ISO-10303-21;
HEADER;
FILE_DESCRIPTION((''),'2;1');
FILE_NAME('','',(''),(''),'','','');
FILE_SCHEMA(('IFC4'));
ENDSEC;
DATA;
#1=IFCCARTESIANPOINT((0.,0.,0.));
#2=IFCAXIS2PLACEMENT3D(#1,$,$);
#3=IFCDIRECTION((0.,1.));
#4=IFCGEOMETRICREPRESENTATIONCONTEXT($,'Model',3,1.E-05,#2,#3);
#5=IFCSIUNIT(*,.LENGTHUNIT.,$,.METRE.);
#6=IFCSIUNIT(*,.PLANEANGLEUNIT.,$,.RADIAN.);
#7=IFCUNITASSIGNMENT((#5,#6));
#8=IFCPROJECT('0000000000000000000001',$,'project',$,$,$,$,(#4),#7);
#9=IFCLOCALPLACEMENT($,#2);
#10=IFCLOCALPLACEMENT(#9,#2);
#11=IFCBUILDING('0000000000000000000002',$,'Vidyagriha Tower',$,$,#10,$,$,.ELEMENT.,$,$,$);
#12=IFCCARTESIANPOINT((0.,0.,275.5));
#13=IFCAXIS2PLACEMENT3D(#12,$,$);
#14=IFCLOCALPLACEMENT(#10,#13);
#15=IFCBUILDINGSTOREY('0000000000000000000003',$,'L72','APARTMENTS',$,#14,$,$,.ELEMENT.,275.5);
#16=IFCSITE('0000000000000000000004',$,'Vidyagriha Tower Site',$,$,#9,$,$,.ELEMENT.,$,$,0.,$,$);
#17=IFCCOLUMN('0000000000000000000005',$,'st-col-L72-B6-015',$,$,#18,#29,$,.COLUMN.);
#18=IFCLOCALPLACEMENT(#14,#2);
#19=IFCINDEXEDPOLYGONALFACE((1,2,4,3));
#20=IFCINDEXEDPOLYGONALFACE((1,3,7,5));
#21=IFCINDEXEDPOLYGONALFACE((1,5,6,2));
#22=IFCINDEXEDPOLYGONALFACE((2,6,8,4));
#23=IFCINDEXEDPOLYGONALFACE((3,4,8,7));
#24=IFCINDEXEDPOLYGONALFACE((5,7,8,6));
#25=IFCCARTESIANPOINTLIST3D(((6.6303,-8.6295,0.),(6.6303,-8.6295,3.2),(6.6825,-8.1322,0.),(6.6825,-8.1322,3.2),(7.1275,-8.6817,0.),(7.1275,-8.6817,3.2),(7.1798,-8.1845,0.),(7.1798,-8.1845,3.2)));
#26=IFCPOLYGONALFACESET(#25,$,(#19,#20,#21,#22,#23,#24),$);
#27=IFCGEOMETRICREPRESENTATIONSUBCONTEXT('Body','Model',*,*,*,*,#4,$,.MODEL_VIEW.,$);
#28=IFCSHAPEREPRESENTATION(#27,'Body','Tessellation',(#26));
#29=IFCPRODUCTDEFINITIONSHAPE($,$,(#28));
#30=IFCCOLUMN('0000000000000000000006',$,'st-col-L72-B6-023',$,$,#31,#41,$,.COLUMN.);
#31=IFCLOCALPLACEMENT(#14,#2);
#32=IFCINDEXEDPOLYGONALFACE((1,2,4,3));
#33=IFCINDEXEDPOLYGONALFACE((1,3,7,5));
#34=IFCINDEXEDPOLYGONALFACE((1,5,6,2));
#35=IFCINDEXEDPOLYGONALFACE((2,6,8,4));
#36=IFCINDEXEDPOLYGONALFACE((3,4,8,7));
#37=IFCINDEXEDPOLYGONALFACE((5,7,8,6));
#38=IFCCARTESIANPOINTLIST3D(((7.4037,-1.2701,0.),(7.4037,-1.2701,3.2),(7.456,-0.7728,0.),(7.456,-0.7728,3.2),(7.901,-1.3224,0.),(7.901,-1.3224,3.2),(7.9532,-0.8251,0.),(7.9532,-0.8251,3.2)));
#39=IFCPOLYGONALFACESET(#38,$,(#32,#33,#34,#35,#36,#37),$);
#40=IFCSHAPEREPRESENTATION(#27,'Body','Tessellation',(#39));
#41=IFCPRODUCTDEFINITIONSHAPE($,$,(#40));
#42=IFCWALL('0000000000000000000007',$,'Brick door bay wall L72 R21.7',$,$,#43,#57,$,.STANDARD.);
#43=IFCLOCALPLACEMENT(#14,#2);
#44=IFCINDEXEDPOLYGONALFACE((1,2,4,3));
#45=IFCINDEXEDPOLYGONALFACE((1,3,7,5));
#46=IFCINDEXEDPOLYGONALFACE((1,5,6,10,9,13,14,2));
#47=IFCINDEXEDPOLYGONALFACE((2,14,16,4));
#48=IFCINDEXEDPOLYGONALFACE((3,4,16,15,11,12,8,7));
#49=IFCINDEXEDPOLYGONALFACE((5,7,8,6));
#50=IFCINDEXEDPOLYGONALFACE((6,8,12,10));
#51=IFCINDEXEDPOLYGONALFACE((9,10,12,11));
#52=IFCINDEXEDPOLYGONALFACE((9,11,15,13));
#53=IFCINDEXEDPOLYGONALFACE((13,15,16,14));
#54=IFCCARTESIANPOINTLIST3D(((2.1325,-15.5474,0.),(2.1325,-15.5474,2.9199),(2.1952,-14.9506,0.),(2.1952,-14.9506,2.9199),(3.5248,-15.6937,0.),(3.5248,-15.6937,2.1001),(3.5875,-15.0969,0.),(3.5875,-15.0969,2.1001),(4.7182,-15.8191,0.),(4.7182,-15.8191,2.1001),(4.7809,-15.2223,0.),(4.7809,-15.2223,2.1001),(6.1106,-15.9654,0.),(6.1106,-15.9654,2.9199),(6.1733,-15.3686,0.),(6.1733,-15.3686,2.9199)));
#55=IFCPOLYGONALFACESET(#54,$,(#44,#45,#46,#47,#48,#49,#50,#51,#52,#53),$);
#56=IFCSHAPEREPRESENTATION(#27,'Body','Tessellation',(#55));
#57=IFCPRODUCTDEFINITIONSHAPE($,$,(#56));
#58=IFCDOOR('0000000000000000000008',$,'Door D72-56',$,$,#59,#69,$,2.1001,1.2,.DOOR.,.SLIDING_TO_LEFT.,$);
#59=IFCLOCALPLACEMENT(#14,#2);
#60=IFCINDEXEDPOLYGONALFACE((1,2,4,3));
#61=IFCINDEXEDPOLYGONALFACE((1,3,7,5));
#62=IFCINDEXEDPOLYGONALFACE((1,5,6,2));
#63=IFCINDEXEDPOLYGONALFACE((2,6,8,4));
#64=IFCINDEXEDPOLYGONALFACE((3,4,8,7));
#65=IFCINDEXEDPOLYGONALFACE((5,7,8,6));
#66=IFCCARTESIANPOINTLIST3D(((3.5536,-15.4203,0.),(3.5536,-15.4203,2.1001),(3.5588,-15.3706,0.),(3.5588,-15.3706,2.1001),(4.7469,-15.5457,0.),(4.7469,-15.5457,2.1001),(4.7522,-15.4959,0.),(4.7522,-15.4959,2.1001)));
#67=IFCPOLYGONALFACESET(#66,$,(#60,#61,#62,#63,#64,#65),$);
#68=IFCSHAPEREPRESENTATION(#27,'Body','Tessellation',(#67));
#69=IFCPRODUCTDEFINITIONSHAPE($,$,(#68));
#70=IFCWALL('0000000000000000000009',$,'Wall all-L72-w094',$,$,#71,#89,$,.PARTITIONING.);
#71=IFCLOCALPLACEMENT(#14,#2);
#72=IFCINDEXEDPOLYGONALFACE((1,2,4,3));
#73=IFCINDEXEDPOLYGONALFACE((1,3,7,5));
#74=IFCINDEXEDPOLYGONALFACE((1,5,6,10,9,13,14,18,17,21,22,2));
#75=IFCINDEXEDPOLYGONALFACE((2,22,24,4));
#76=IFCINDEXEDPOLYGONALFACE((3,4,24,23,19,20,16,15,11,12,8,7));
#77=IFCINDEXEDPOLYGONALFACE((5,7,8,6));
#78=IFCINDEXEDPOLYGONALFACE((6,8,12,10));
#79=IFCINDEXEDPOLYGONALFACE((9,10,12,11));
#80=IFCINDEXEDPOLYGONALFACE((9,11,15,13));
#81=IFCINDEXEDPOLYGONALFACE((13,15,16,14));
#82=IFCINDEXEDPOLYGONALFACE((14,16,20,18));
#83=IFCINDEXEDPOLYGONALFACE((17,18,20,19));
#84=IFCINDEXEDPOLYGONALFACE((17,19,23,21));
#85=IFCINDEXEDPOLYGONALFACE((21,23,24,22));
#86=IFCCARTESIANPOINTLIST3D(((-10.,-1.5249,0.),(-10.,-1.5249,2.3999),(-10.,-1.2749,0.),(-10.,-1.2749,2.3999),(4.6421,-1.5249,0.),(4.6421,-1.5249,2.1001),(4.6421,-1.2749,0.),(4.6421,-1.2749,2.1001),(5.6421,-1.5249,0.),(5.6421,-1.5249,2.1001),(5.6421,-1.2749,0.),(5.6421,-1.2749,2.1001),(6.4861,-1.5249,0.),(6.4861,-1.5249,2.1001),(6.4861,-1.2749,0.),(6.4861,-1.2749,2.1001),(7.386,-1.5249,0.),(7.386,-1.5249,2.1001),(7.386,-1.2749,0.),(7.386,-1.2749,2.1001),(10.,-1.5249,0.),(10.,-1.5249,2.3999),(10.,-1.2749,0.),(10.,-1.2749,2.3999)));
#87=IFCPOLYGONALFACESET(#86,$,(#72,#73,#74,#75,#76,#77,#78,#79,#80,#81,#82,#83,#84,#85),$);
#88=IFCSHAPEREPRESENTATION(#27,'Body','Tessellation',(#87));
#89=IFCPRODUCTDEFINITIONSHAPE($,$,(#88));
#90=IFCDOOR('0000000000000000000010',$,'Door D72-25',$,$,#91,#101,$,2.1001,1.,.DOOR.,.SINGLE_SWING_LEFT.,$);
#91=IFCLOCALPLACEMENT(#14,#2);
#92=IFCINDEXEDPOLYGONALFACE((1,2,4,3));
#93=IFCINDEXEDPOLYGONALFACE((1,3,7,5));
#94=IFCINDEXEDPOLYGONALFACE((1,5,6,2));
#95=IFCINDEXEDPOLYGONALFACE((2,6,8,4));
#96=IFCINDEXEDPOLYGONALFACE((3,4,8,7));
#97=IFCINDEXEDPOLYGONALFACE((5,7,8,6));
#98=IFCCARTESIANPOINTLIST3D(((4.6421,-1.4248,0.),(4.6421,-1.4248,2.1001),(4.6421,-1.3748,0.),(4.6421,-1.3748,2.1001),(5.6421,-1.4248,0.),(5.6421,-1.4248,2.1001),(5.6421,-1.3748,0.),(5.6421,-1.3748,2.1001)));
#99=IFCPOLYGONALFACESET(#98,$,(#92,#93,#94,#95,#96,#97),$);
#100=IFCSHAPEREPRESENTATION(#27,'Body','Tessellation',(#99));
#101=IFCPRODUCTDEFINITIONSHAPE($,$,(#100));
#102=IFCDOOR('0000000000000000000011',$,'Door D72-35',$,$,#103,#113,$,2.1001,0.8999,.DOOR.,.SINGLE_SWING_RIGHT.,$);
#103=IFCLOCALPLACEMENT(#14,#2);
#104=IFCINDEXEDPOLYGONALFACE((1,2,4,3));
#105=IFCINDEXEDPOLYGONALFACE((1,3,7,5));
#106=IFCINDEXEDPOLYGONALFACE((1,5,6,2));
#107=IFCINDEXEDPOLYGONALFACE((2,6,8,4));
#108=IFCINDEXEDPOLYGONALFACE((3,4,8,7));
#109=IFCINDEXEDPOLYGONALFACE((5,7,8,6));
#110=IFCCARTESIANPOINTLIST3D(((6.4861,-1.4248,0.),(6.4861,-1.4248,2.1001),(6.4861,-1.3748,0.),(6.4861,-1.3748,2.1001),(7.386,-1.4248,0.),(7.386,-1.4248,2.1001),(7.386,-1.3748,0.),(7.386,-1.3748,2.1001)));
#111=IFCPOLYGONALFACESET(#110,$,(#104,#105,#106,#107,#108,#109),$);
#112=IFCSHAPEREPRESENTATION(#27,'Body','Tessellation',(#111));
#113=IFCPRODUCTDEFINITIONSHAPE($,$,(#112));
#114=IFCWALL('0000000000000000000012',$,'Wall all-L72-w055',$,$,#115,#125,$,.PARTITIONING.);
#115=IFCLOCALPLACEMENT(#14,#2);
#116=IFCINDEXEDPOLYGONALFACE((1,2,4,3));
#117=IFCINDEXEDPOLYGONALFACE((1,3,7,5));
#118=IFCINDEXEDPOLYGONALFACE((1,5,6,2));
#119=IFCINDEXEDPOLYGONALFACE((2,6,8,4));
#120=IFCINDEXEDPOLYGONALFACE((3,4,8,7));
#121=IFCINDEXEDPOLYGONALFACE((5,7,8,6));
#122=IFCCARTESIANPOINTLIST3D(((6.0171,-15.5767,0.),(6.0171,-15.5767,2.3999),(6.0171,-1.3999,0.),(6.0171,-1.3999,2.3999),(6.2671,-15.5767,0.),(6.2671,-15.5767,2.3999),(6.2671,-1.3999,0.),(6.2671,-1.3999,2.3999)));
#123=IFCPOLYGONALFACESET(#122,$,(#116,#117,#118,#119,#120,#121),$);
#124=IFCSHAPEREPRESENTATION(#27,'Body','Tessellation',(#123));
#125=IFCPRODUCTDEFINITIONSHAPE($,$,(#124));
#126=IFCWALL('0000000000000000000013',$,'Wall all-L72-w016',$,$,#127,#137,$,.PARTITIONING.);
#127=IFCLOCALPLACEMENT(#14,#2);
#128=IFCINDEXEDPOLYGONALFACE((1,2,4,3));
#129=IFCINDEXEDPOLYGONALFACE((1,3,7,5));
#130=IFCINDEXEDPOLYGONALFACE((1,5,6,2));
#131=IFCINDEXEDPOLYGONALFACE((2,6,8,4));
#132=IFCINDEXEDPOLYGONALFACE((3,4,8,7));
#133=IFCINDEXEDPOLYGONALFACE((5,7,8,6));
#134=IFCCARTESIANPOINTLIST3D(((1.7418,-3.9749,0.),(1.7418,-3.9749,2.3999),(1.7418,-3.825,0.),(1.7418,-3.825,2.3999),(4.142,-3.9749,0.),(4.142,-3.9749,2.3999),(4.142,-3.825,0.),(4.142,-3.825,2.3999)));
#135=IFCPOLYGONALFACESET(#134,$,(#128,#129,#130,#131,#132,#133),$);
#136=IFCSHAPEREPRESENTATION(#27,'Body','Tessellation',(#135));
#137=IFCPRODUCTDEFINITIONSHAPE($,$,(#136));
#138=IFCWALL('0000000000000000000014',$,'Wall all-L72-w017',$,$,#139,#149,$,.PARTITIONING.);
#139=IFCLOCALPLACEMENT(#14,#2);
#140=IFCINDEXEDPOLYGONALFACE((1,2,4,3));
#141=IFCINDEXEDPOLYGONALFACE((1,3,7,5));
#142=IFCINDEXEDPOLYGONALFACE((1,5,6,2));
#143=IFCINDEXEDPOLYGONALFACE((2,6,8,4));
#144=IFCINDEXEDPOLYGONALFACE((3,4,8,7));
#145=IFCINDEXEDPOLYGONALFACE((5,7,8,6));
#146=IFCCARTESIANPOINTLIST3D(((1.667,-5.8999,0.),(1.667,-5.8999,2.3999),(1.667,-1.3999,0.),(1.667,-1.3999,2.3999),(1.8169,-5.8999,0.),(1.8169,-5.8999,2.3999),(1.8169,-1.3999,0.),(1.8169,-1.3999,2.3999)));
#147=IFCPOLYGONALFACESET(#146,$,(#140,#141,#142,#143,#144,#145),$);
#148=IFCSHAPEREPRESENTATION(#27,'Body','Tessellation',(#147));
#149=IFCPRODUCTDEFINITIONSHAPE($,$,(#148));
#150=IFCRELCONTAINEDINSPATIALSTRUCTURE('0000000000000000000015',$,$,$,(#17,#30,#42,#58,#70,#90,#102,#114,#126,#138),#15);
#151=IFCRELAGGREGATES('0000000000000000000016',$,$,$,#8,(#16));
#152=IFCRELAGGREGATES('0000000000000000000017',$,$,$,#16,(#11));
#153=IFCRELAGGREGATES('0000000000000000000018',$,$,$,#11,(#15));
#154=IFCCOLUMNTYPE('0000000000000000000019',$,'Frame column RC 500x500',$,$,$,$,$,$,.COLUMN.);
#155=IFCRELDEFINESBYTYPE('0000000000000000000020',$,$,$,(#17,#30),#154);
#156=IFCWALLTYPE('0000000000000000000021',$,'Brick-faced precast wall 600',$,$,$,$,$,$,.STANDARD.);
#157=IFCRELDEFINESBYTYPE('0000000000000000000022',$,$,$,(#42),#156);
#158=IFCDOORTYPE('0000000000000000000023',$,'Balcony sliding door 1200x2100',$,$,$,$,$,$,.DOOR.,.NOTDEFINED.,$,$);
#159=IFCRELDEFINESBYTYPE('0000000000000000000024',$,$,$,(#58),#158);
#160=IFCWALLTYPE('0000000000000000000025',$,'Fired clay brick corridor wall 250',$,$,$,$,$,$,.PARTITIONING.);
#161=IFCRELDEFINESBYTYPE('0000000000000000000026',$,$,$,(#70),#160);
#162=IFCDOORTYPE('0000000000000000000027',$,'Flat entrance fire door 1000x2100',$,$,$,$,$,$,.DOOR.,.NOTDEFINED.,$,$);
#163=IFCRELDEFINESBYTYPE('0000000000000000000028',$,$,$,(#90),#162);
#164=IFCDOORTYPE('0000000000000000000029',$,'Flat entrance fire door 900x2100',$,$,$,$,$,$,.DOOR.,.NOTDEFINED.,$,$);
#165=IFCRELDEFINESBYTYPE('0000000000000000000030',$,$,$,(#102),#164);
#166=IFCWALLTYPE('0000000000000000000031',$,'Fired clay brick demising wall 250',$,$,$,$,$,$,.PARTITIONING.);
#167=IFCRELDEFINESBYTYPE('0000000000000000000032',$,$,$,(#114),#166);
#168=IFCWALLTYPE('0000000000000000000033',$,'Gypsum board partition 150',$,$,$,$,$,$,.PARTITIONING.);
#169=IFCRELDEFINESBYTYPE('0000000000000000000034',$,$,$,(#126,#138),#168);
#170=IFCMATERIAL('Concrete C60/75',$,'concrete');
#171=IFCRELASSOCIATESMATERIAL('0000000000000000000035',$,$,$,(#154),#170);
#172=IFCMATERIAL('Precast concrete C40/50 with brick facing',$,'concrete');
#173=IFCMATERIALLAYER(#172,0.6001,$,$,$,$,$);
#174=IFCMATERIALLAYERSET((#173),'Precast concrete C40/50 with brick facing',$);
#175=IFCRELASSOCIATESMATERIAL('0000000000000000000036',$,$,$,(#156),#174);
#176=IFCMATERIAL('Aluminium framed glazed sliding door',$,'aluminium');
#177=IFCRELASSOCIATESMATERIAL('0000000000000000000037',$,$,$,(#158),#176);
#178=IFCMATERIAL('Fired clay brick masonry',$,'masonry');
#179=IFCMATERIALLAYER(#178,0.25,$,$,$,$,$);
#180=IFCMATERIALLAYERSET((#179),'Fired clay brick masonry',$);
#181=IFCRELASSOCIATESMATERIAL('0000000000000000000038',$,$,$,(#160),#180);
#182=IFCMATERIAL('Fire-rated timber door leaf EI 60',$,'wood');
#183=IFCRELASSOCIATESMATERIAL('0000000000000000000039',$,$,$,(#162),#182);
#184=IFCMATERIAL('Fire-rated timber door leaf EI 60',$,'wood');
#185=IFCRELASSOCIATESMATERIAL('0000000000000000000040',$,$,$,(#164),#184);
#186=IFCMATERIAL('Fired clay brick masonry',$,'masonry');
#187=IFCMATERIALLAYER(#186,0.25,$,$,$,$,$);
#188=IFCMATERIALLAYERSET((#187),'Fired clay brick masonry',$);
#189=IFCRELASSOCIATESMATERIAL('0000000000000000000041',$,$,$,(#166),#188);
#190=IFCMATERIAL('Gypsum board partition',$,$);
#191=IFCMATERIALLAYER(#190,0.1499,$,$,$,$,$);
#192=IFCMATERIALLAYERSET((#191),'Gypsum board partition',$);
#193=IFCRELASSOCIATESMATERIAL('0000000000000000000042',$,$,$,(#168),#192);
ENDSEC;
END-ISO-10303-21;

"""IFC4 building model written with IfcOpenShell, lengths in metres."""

from ifc_helpers import new_model, si_unit, direction, frame, frame_2d, origin, origin_2d, place, context, subcontext, project, spatial, rectangle, extrude, material, layer, layer_set, material_profile, profile_set, type_object, element, fill, save


model = new_model("IFC4")

# Units and contexts
model_context = context("Model", 3, precision=1e-05, world=origin(), true_north=direction((0.0, 1.0)))
body_context = subcontext(model_context, "Body", "Model", "MODEL_VIEW")
ifc_project = project(units=[si_unit("LENGTHUNIT", "METRE"), si_unit("PLANEANGLEUNIT", "RADIAN")], contexts=[model_context])

# Site, building, storey
site_placement = place(None, origin())
site = spatial("IfcSite", under=ifc_project, at=site_placement, Name="Vidyagriha Tower Site", CompositionType="ELEMENT", RefElevation=0.0)
building_placement = place(site_placement, origin())
building = spatial("IfcBuilding", under=site, at=building_placement, Name="Vidyagriha Tower", CompositionType="ELEMENT")
storey_placement = place(building_placement, frame((0.0, 0.0, 275.5)))
storey = spatial("IfcBuildingStorey", under=building, at=storey_placement, Name="L72", Description="APARTMENTS", CompositionType="ELEMENT", Elevation=275.5)

# Columns
ifc_material_1 = material(Name="Concrete C60/75", Category="concrete")
ifc_material_profile = material_profile(ifc_material_1, rectangle(XDim=0.5, YDim=0.5, at=origin_2d()), Name="RC 500x500")
ifc_profile_set = profile_set([ifc_material_profile], Name="Concrete C60/75")
column_type = type_object("IfcColumnType", Name="Frame column RC 500x500", PredefinedType="COLUMN", material=ifc_profile_set)
for number, where, z_axis, x_axis, name in (
    (1, (6.905, -8.407, 0.0), (0.0, 0.0, 1.0), (0.994522, -0.104528, 0.0), "st-col-L72-B6-015"),
    (2, (7.6785, -1.0476, 0.0), (0.0, 0.0, 1.0), (0.994522, -0.104528, 0.0), "st-col-L72-B6-023"),
):
    element("IfcColumn", number, at=place(storey_placement, frame(where, z_axis=z_axis, x_axis=x_axis)), inside=storey, type_object=column_type, Name=name, PredefinedType="COLUMN", context=body_context, shape_type="SweptSolid", body=[
        extrude(rectangle(XDim=0.5, YDim=0.5, at=origin_2d()), origin(), (0.0, 0.0, 1.0), 3.2),
    ])

# Wall, opening, door
ifc_material_2 = material(Name="Precast concrete C40/50 with brick facing", Category="concrete")
ifc_layer_1 = layer(ifc_material_2, 0.6001)
ifc_layer_set_1 = layer_set([ifc_layer_1], Name="Precast concrete C40/50 with brick facing")
wall_type_1 = type_object("IfcWallType", Name="Brick-faced precast wall 600", PredefinedType="STANDARD", material=ifc_layer_set_1)
wall_1_placement = place(storey_placement, frame((2.1638, -15.249, 0.0), z_axis=(0.0, 0.0, 1.0), x_axis=(0.994526, -0.104494, 0.0)))
wall_1 = element("IfcWall", 3, at=wall_1_placement, inside=storey, type_object=wall_type_1, Name="Brick door bay wall L72 R21.7", PredefinedType="STANDARD", context=body_context, shape_type="SweptSolid", body=[
    extrude(rectangle(XDim=4.0, YDim=0.6001, at=frame_2d((2.0, 0.0))), origin(), (0.0, 0.0, 1.0), 2.9199),
])
opening_1_placement = place(wall_1_placement, frame((1.3999, 0.0, 0.0)))
opening_1 = element("IfcOpeningElement", 4, at=opening_1_placement, cuts=wall_1, PredefinedType="OPENING", context=body_context, shape_type="SweptSolid", body=[
    extrude(rectangle(XDim=1.2, YDim=2.1001, at=frame_2d((0.6001, 1.05))), frame((0.0, 0.3101, 0.0), z_axis=(0.0, -1.0, 0.0), x_axis=(1.0, 0.0, 0.0)), (0.0, 0.0, 1.0), 0.6201),
])
ifc_material_3 = material(Name="Aluminium framed glazed sliding door", Category="aluminium")
door_type_1 = type_object("IfcDoorType", Name="Balcony sliding door 1200x2100", OperationType="NOTDEFINED", PredefinedType="DOOR", material=ifc_material_3)
door_1_placement = place(opening_1_placement, origin())
door_1 = element("IfcDoor", 5, at=door_1_placement, inside=storey, type_object=door_type_1, Name="Door D72-56", OperationType="SLIDING_TO_LEFT", OverallHeight=2.1001, OverallWidth=1.2, PredefinedType="DOOR", context=body_context, shape_type="SweptSolid", body=[
    extrude(rectangle(XDim=1.2, YDim=2.1001, at=frame_2d((0.6001, 1.05))), frame((0.0, 0.0249, 0.0), z_axis=(0.0, -1.0, 0.0), x_axis=(1.0, 0.0, 0.0)), (0.0, 0.0, 1.0), 0.05),
])
fill(opening_1, door_1)

# Wall, openings, doors
ifc_material_4 = material(Name="Fired clay brick masonry", Category="masonry")
ifc_layer_2 = layer(ifc_material_4, 0.25)
ifc_layer_set_2 = layer_set([ifc_layer_2], Name="Fired clay brick masonry")
wall_type_2 = type_object("IfcWallType", Name="Fired clay brick corridor wall 250", PredefinedType="PARTITIONING", material=ifc_layer_set_2)
wall_2_placement = place(storey_placement, frame((10.0, -1.3999, 0.0), z_axis=(0.0, 0.0, 1.0), x_axis=(-1.0, 0.0, 0.0)))
wall_2 = element("IfcWall", 6, at=wall_2_placement, inside=storey, type_object=wall_type_2, Name="Wall all-L72-w094", PredefinedType="PARTITIONING", context=body_context, shape_type="SweptSolid", body=[
    extrude(rectangle(XDim=20.0, YDim=0.25, at=frame_2d((10.0, 0.0))), origin(), (0.0, 0.0, 1.0), 2.3999),
])
opening_2_placement = place(wall_2_placement, frame((4.3579, 0.0, 0.0)))
opening_2 = element("IfcOpeningElement", 7, at=opening_2_placement, cuts=wall_2, PredefinedType="OPENING", context=body_context, shape_type="SweptSolid", body=[
    extrude(rectangle(XDim=1.0, YDim=2.1001, at=frame_2d((0.5, 1.05))), frame((0.0, 0.135, 0.0), z_axis=(0.0, -1.0, 0.0), x_axis=(1.0, 0.0, 0.0)), (0.0, 0.0, 1.0), 0.27),
])
opening_3_placement = place(wall_2_placement, frame((2.614, 0.0, 0.0)))
opening_3 = element("IfcOpeningElement", 8, at=opening_3_placement, cuts=wall_2, PredefinedType="OPENING", context=body_context, shape_type="SweptSolid", body=[
    extrude(rectangle(XDim=0.8999, YDim=2.1001, at=frame_2d((0.45, 1.05))), frame((0.0, 0.135, 0.0), z_axis=(0.0, -1.0, 0.0), x_axis=(1.0, 0.0, 0.0)), (0.0, 0.0, 1.0), 0.27),
])
ifc_material_5 = material(Name="Fire-rated timber door leaf EI 60", Category="wood")
door_type_2 = type_object("IfcDoorType", Name="Flat entrance fire door 1000x2100", OperationType="NOTDEFINED", PredefinedType="DOOR", material=ifc_material_5)
door_2_placement = place(opening_2_placement, origin())
door_2 = element("IfcDoor", 9, at=door_2_placement, inside=storey, type_object=door_type_2, Name="Door D72-25", OperationType="SINGLE_SWING_LEFT", OverallHeight=2.1001, OverallWidth=1.0, PredefinedType="DOOR", context=body_context, shape_type="SweptSolid", body=[
    extrude(rectangle(XDim=1.0, YDim=2.1001, at=frame_2d((0.5, 1.05))), frame((0.0, 0.0249, 0.0), z_axis=(0.0, -1.0, 0.0), x_axis=(1.0, 0.0, 0.0)), (0.0, 0.0, 1.0), 0.05),
])
fill(opening_2, door_2)
ifc_material_6 = material(Name="Fire-rated timber door leaf EI 60", Category="wood")
door_type_3 = type_object("IfcDoorType", Name="Flat entrance fire door 900x2100", OperationType="NOTDEFINED", PredefinedType="DOOR", material=ifc_material_6)
door_3_placement = place(opening_3_placement, origin())
door_3 = element("IfcDoor", 10, at=door_3_placement, inside=storey, type_object=door_type_3, Name="Door D72-35", OperationType="SINGLE_SWING_RIGHT", OverallHeight=2.1001, OverallWidth=0.8999, PredefinedType="DOOR", context=body_context, shape_type="SweptSolid", body=[
    extrude(rectangle(XDim=0.8999, YDim=2.1001, at=frame_2d((0.45, 1.05))), frame((0.0, 0.0249, 0.0), z_axis=(0.0, -1.0, 0.0), x_axis=(1.0, 0.0, 0.0)), (0.0, 0.0, 1.0), 0.05),
])
fill(opening_3, door_3)

# Walls
ifc_material_7 = material(Name="Fired clay brick masonry", Category="masonry")
ifc_layer_3 = layer(ifc_material_7, 0.25)
ifc_layer_set_3 = layer_set([ifc_layer_3], Name="Fired clay brick masonry")
wall_type_3 = type_object("IfcWallType", Name="Fired clay brick demising wall 250", PredefinedType="PARTITIONING", material=ifc_layer_set_3)
wall_3_placement = place(storey_placement, frame((6.1421, -1.3999, 0.0), z_axis=(0.0, 0.0, 1.0), x_axis=(0.0, -1.0, 0.0)))
element("IfcWall", 11, at=wall_3_placement, inside=storey, type_object=wall_type_3, Name="Wall all-L72-w055", PredefinedType="PARTITIONING", context=body_context, shape_type="SweptSolid", body=[
    extrude(rectangle(XDim=14.1768, YDim=0.25, at=frame_2d((7.0884, 0.0))), origin(), (0.0, 0.0, 1.0), 2.3999),
])
ifc_material_8 = material(Name="Gypsum board partition")
ifc_layer_4 = layer(ifc_material_8, 0.1499)
ifc_layer_set_4 = layer_set([ifc_layer_4], Name="Gypsum board partition")
wall_type_4 = type_object("IfcWallType", Name="Gypsum board partition 150", PredefinedType="PARTITIONING", material=ifc_layer_set_4)
wall_4_placement = place(storey_placement, frame((4.1421, -3.8999, 0.0), z_axis=(0.0, 0.0, 1.0), x_axis=(-1.0, 0.0, 0.0)))
element("IfcWall", 12, at=wall_4_placement, inside=storey, type_object=wall_type_4, Name="Wall all-L72-w016", PredefinedType="PARTITIONING", context=body_context, shape_type="SweptSolid", body=[
    extrude(rectangle(XDim=2.4001, YDim=0.1499, at=frame_2d((1.2002, 0.0))), origin(), (0.0, 0.0, 1.0), 2.3999),
])
wall_5_placement = place(storey_placement, frame((1.7419, -5.8999, 0.0), z_axis=(0.0, 0.0, 1.0), x_axis=(0.0, 1.0, 0.0)))
element("IfcWall", 13, at=wall_5_placement, inside=storey, type_object=wall_type_4, Name="Wall all-L72-w017", PredefinedType="PARTITIONING", context=body_context, shape_type="SweptSolid", body=[
    extrude(rectangle(XDim=4.5, YDim=0.1499, at=frame_2d((2.25, 0.0))), origin(), (0.0, 0.0, 1.0), 2.3999),
])

save(model, "model.ifc")
